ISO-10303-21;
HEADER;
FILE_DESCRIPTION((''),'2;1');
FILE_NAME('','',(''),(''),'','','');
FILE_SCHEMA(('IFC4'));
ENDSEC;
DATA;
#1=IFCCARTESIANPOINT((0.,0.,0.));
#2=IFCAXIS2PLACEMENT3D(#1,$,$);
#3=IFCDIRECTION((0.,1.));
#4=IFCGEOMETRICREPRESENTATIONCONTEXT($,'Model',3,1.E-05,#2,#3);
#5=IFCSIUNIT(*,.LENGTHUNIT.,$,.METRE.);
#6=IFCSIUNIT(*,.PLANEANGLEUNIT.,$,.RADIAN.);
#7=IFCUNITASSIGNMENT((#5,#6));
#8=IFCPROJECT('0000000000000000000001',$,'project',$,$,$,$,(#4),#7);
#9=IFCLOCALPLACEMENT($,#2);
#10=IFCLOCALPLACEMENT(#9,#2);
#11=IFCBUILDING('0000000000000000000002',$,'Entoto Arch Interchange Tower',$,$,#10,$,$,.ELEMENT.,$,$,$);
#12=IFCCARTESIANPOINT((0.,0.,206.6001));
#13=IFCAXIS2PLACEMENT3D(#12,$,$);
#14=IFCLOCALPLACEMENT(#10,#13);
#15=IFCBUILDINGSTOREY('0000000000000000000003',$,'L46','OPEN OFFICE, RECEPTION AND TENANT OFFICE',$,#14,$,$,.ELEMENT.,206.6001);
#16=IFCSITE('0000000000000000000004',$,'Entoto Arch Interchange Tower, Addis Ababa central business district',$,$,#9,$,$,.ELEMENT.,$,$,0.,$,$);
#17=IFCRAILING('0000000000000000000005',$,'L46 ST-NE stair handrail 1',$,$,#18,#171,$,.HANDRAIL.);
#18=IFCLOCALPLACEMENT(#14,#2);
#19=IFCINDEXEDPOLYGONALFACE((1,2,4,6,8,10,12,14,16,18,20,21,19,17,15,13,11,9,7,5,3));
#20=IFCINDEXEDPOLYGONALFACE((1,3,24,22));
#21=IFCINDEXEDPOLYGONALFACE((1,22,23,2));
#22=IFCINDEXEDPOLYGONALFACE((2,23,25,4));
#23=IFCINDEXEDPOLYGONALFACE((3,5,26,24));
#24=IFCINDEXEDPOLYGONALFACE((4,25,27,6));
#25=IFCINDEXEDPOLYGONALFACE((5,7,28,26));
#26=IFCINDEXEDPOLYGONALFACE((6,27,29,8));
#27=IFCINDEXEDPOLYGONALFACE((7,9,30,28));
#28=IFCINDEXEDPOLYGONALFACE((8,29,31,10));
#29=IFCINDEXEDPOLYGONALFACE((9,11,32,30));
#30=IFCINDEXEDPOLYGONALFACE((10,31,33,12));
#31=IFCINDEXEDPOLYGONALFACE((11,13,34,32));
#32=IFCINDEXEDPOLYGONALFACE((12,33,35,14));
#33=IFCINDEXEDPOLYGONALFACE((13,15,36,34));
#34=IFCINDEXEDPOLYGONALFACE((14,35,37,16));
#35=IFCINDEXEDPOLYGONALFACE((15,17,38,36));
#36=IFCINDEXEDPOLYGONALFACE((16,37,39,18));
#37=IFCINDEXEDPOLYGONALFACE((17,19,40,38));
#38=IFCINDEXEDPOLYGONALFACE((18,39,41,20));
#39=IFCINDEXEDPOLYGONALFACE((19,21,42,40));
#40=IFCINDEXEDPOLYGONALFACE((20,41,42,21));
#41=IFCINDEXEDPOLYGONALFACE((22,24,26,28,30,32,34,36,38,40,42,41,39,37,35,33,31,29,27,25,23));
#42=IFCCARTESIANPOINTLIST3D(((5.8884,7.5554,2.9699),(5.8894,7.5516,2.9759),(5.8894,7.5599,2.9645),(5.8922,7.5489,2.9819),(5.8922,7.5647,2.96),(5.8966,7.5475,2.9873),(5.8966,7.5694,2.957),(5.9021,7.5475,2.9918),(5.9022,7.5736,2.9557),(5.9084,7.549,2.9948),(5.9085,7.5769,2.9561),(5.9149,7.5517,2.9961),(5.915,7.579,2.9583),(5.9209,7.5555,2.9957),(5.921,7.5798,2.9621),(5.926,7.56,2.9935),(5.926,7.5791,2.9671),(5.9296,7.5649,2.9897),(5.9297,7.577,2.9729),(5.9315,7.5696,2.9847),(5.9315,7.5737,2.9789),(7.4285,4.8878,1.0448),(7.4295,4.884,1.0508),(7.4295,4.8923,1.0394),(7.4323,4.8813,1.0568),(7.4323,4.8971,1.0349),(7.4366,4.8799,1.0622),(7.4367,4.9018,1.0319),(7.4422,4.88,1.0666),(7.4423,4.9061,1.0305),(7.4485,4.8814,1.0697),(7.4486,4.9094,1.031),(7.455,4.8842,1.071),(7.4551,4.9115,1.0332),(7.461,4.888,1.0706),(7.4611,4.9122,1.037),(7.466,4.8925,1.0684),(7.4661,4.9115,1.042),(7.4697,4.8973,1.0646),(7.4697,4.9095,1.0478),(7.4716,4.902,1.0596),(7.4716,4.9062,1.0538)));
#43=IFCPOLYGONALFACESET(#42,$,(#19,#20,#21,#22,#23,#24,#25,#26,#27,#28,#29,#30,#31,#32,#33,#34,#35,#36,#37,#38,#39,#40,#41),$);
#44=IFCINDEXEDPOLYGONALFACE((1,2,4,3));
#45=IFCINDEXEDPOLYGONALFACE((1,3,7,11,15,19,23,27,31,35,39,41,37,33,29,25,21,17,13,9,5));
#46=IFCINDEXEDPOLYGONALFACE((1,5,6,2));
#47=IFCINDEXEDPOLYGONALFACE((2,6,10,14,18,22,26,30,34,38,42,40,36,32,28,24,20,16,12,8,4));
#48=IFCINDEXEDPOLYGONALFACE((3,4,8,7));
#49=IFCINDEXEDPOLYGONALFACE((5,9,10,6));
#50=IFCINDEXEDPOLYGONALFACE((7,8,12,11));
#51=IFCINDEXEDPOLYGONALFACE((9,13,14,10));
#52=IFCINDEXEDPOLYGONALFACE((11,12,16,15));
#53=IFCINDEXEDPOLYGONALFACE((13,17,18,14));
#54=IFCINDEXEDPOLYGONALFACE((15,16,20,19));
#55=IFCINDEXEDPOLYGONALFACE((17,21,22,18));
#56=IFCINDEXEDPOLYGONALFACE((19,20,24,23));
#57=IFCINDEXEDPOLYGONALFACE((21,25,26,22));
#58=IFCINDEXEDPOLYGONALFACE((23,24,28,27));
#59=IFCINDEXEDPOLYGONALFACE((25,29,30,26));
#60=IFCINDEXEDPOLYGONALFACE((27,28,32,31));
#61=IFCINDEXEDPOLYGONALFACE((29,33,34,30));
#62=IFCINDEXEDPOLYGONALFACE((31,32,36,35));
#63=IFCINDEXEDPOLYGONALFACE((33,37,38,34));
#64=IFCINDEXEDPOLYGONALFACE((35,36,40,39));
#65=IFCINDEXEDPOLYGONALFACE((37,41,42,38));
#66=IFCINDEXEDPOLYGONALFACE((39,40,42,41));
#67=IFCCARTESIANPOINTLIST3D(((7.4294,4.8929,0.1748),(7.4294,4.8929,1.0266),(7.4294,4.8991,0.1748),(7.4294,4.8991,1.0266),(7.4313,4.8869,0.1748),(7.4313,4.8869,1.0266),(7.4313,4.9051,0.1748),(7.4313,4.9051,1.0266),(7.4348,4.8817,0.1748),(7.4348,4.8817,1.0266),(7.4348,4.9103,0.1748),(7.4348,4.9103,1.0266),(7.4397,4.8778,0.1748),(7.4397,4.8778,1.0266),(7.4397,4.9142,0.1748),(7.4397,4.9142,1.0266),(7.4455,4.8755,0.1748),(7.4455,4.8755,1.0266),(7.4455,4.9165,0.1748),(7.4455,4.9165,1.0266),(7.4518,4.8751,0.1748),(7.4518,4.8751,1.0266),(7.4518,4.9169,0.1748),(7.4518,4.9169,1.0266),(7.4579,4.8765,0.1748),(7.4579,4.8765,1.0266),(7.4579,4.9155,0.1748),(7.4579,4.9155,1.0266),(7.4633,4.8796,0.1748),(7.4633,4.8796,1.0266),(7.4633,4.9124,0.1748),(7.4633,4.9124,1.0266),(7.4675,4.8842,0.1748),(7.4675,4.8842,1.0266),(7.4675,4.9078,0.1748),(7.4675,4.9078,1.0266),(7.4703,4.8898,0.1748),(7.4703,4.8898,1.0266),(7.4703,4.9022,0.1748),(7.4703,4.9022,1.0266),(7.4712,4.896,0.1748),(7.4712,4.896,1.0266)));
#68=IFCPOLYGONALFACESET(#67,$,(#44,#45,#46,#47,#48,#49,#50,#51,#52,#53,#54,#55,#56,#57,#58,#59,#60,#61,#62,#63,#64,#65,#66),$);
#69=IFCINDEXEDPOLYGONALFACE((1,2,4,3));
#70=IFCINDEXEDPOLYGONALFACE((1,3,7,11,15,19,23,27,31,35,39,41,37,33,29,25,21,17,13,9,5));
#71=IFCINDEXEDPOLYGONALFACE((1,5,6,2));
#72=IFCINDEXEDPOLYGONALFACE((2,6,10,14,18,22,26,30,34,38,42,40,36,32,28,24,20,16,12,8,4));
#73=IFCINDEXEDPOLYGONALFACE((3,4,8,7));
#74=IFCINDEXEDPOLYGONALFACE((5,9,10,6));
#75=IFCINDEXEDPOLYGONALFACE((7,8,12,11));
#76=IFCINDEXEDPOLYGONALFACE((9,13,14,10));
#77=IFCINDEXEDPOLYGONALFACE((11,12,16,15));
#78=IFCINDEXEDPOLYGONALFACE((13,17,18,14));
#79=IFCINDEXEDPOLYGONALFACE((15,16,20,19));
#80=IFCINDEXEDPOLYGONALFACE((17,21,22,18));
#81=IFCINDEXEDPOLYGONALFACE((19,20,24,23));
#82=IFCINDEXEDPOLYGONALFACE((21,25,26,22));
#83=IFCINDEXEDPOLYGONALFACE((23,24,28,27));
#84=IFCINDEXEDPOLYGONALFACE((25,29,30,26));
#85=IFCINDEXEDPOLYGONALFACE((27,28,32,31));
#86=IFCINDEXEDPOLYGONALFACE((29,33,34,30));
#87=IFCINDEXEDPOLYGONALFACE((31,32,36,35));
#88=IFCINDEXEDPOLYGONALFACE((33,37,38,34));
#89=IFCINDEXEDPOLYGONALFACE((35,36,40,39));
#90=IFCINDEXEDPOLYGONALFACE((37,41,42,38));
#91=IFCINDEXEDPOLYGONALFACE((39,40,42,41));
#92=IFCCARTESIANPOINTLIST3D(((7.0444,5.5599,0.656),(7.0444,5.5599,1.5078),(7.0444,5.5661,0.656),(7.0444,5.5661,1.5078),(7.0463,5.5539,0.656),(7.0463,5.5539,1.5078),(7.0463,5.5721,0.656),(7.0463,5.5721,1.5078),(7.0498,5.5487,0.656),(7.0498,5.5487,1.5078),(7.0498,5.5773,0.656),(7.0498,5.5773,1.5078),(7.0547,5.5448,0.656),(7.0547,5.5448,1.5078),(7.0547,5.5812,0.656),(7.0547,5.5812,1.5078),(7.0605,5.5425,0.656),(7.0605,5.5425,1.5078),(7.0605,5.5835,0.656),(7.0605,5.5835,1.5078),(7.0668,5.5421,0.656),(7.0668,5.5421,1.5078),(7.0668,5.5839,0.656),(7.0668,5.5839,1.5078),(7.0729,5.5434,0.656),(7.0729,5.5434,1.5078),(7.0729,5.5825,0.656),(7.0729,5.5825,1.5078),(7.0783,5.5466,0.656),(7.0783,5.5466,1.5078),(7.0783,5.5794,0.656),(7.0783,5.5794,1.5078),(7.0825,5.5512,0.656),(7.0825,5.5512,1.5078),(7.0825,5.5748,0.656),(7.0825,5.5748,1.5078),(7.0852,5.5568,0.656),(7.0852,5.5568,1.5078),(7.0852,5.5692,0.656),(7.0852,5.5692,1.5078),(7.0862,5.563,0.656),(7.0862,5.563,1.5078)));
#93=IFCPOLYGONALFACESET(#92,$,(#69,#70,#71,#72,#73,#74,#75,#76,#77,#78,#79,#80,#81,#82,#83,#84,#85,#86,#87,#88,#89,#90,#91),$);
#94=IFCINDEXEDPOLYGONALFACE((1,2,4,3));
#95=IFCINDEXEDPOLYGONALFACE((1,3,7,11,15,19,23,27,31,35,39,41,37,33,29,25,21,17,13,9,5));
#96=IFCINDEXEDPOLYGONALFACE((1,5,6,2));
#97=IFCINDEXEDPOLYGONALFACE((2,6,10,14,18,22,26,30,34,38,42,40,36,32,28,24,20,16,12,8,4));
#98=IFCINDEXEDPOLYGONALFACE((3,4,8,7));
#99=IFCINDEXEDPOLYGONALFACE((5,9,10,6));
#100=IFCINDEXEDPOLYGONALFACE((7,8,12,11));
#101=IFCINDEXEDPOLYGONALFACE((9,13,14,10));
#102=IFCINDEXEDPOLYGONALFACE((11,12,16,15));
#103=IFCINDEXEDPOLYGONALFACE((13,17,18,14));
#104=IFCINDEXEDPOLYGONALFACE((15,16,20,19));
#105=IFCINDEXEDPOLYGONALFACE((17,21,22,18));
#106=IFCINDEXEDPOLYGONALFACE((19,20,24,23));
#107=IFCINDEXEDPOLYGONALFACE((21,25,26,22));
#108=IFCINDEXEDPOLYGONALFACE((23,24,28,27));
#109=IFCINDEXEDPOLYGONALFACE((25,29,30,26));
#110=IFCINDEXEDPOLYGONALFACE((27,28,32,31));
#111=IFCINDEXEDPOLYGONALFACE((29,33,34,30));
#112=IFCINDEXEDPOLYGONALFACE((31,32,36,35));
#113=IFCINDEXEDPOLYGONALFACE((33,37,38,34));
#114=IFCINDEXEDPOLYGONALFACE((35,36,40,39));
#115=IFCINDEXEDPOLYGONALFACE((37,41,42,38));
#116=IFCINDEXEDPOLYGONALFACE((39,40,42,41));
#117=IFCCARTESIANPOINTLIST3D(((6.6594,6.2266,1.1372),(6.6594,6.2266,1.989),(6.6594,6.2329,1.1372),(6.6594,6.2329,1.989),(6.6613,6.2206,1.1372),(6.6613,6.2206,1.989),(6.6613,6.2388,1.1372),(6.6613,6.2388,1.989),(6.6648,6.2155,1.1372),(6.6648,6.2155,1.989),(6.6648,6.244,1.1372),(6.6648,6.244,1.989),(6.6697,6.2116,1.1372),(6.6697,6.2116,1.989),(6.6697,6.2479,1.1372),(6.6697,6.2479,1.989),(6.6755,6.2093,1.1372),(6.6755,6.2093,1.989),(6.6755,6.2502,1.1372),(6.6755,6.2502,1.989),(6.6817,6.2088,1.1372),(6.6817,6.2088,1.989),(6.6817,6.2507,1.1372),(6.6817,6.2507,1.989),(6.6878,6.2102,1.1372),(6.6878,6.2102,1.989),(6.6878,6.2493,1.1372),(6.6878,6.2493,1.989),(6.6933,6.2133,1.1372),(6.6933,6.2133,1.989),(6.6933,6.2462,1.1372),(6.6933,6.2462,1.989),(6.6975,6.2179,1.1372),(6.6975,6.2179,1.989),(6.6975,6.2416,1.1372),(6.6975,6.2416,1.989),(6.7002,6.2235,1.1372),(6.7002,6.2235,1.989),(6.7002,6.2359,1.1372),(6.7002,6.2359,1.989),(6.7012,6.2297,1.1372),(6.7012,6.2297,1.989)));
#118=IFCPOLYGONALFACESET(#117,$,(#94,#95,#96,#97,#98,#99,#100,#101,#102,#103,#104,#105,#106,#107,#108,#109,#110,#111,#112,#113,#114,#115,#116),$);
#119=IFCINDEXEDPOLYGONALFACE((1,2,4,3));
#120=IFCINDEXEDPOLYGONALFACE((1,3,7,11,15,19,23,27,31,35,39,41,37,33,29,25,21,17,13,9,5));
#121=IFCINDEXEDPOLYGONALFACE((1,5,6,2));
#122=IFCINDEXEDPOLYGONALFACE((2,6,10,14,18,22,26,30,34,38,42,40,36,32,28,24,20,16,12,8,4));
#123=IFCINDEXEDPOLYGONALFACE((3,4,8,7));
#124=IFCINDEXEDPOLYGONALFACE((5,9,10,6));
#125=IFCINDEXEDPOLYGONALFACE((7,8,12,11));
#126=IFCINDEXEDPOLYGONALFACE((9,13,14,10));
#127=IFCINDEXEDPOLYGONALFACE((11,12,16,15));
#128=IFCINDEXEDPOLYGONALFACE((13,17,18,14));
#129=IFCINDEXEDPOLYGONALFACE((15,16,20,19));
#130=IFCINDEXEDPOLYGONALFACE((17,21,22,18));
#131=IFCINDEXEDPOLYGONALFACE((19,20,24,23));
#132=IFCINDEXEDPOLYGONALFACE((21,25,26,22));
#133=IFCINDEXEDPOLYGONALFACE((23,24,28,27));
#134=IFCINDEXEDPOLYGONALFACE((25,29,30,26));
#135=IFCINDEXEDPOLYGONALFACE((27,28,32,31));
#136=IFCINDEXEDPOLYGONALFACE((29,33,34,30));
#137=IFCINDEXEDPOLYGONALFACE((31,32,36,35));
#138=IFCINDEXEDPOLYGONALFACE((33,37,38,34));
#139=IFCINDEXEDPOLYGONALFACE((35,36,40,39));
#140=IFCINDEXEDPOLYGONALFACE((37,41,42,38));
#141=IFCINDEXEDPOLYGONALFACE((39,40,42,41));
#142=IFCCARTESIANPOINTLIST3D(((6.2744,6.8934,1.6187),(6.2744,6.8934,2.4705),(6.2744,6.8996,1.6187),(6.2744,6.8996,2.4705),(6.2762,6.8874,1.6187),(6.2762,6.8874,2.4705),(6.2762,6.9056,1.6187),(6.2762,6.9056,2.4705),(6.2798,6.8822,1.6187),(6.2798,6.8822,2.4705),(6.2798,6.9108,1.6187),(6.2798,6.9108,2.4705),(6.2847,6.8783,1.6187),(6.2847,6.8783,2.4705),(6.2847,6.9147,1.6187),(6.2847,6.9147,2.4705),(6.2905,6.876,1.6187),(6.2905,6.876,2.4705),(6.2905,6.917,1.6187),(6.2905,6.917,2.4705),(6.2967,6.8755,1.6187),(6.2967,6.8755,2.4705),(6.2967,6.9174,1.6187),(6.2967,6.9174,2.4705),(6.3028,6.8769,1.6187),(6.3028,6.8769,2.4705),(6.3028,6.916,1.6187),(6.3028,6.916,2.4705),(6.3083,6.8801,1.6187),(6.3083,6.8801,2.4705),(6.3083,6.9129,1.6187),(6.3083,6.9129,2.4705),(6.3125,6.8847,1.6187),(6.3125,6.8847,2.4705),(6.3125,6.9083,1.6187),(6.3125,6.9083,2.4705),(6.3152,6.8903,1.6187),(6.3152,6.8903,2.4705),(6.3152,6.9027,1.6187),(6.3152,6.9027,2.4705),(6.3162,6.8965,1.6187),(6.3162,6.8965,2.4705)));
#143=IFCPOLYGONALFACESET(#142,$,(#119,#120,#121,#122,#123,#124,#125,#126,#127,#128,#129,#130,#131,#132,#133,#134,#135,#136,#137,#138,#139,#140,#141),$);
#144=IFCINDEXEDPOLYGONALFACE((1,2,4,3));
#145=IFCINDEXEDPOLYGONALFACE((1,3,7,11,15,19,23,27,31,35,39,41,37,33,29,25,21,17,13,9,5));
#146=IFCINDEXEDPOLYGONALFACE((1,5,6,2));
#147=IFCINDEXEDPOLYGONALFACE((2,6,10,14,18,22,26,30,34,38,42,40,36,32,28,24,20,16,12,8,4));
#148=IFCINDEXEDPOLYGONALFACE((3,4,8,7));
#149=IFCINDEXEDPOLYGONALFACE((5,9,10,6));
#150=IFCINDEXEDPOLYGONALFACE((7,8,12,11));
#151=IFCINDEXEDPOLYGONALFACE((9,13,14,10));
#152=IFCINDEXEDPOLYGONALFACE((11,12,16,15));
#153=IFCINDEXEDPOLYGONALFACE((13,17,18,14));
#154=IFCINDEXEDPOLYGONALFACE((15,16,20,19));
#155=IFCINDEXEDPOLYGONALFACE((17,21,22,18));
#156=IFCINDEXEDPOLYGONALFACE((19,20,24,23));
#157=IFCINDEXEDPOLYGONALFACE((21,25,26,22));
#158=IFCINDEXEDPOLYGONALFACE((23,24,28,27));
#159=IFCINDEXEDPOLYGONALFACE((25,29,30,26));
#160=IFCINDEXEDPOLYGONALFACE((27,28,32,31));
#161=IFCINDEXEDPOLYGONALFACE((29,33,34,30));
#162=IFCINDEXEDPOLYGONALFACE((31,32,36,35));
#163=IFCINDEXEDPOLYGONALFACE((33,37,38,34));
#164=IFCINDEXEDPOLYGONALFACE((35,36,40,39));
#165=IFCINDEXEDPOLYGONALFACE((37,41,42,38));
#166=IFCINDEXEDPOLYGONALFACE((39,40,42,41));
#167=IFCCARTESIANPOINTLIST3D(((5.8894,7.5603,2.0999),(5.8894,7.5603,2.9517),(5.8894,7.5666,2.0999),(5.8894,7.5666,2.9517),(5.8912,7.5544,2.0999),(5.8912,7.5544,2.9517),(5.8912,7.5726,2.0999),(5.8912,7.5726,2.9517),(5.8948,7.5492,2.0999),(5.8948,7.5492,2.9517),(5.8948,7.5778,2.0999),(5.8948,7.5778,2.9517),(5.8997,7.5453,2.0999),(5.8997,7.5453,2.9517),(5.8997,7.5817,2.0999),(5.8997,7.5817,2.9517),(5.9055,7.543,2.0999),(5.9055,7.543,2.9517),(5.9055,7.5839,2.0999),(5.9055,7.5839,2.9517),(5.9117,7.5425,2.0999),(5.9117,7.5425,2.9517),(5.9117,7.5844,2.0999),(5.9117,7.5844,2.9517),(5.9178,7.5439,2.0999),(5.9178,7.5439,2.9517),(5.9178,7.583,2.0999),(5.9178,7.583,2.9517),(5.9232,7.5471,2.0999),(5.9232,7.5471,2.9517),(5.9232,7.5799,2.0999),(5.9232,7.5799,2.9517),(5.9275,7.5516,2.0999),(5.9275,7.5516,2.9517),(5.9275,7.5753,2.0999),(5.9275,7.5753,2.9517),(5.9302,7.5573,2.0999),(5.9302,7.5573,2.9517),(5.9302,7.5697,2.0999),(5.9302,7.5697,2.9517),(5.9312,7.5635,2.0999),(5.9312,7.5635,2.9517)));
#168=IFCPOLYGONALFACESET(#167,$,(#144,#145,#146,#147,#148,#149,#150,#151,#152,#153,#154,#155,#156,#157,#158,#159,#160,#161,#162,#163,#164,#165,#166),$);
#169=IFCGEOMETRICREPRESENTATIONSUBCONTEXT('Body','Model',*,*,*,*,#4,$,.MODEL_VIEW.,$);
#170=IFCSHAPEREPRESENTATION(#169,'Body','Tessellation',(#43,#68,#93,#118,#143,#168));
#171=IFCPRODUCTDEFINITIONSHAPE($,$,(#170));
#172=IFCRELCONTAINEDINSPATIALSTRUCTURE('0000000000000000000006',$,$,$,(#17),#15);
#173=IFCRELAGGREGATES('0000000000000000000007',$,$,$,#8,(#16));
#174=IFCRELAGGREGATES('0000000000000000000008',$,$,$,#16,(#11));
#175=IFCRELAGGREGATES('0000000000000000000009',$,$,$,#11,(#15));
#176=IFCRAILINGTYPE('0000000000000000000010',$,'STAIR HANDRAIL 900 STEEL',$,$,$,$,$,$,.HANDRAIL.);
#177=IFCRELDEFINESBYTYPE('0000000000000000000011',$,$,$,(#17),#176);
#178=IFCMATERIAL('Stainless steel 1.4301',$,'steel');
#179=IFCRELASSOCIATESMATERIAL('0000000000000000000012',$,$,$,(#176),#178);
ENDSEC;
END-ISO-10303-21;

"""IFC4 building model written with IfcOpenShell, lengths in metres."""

from ifc_helpers import new_model, si_unit, direction, frame, origin, origin_2d, place, context, subcontext, project, spatial, circle, extrude, material, type_object, element, save


model = new_model("IFC4")

# Units and contexts
model_context = context("Model", 3, precision=1e-05, world=origin(), true_north=direction((0.0, 1.0)))
body_context = subcontext(model_context, "Body", "Model", "MODEL_VIEW")
ifc_project = project(units=[si_unit("LENGTHUNIT", "METRE"), si_unit("PLANEANGLEUNIT", "RADIAN")], contexts=[model_context])

# Site, building, storey
site_placement = place(None, origin())
site = spatial("IfcSite", under=ifc_project, at=site_placement, Name="Entoto Arch Interchange Tower, Addis Ababa central business district", CompositionType="ELEMENT", RefElevation=0.0)
building_placement = place(site_placement, origin())
building = spatial("IfcBuilding", under=site, at=building_placement, Name="Entoto Arch Interchange Tower", CompositionType="ELEMENT")
storey_placement = place(building_placement, frame((0.0, 0.0, 206.6001)))
storey = spatial("IfcBuildingStorey", under=building, at=storey_placement, Name="L46", Description="OPEN OFFICE, RECEPTION AND TENANT OFFICE", CompositionType="ELEMENT", Elevation=206.6001)

# Railing
ifc_material_1 = material(Name="Stainless steel 1.4301", Category="steel")
railing_type_1 = type_object("IfcRailingType", Name="STAIR HANDRAIL 900 STEEL", PredefinedType="HANDRAIL", material=ifc_material_1)
railing_1_placement = place(storey_placement, frame((7.4502, 4.896, 0.1748)))
element("IfcRailing", 1, at=railing_1_placement, inside=storey, type_object=railing_type_1, Name="L46 ST-NE stair handrail 1", PredefinedType="HANDRAIL", context=body_context, shape_type="SweptSolid", body=[
    extrude(circle(Radius=0.0239, at=origin_2d()), frame((0.0, 0.0, 0.876), z_axis=(-0.423994, 0.734395, 0.529993), x_axis=(-0.86603, -0.499992, 0.0)), (0.0, 0.0, 1.0), 3.6323),
    extrude(circle(Radius=0.021, at=origin_2d()), origin(), (0.0, 0.0, 1.0), 0.8518),
    extrude(circle(Radius=0.021, at=origin_2d()), frame((-0.385, 0.667, 0.4812)), (0.0, 0.0, 1.0), 0.8518),
    extrude(circle(Radius=0.021, at=origin_2d()), frame((-0.77, 1.3337, 0.9624)), (0.0, 0.0, 1.0), 0.8518),
    extrude(circle(Radius=0.021, at=origin_2d()), frame((-1.155, 2.0005, 1.4438)), (0.0, 0.0, 1.0), 0.8518),
    extrude(circle(Radius=0.021, at=origin_2d()), frame((-1.54, 2.6675, 1.925)), (0.0, 0.0, 1.0), 0.8518),
])

save(model, "model.ifc")
